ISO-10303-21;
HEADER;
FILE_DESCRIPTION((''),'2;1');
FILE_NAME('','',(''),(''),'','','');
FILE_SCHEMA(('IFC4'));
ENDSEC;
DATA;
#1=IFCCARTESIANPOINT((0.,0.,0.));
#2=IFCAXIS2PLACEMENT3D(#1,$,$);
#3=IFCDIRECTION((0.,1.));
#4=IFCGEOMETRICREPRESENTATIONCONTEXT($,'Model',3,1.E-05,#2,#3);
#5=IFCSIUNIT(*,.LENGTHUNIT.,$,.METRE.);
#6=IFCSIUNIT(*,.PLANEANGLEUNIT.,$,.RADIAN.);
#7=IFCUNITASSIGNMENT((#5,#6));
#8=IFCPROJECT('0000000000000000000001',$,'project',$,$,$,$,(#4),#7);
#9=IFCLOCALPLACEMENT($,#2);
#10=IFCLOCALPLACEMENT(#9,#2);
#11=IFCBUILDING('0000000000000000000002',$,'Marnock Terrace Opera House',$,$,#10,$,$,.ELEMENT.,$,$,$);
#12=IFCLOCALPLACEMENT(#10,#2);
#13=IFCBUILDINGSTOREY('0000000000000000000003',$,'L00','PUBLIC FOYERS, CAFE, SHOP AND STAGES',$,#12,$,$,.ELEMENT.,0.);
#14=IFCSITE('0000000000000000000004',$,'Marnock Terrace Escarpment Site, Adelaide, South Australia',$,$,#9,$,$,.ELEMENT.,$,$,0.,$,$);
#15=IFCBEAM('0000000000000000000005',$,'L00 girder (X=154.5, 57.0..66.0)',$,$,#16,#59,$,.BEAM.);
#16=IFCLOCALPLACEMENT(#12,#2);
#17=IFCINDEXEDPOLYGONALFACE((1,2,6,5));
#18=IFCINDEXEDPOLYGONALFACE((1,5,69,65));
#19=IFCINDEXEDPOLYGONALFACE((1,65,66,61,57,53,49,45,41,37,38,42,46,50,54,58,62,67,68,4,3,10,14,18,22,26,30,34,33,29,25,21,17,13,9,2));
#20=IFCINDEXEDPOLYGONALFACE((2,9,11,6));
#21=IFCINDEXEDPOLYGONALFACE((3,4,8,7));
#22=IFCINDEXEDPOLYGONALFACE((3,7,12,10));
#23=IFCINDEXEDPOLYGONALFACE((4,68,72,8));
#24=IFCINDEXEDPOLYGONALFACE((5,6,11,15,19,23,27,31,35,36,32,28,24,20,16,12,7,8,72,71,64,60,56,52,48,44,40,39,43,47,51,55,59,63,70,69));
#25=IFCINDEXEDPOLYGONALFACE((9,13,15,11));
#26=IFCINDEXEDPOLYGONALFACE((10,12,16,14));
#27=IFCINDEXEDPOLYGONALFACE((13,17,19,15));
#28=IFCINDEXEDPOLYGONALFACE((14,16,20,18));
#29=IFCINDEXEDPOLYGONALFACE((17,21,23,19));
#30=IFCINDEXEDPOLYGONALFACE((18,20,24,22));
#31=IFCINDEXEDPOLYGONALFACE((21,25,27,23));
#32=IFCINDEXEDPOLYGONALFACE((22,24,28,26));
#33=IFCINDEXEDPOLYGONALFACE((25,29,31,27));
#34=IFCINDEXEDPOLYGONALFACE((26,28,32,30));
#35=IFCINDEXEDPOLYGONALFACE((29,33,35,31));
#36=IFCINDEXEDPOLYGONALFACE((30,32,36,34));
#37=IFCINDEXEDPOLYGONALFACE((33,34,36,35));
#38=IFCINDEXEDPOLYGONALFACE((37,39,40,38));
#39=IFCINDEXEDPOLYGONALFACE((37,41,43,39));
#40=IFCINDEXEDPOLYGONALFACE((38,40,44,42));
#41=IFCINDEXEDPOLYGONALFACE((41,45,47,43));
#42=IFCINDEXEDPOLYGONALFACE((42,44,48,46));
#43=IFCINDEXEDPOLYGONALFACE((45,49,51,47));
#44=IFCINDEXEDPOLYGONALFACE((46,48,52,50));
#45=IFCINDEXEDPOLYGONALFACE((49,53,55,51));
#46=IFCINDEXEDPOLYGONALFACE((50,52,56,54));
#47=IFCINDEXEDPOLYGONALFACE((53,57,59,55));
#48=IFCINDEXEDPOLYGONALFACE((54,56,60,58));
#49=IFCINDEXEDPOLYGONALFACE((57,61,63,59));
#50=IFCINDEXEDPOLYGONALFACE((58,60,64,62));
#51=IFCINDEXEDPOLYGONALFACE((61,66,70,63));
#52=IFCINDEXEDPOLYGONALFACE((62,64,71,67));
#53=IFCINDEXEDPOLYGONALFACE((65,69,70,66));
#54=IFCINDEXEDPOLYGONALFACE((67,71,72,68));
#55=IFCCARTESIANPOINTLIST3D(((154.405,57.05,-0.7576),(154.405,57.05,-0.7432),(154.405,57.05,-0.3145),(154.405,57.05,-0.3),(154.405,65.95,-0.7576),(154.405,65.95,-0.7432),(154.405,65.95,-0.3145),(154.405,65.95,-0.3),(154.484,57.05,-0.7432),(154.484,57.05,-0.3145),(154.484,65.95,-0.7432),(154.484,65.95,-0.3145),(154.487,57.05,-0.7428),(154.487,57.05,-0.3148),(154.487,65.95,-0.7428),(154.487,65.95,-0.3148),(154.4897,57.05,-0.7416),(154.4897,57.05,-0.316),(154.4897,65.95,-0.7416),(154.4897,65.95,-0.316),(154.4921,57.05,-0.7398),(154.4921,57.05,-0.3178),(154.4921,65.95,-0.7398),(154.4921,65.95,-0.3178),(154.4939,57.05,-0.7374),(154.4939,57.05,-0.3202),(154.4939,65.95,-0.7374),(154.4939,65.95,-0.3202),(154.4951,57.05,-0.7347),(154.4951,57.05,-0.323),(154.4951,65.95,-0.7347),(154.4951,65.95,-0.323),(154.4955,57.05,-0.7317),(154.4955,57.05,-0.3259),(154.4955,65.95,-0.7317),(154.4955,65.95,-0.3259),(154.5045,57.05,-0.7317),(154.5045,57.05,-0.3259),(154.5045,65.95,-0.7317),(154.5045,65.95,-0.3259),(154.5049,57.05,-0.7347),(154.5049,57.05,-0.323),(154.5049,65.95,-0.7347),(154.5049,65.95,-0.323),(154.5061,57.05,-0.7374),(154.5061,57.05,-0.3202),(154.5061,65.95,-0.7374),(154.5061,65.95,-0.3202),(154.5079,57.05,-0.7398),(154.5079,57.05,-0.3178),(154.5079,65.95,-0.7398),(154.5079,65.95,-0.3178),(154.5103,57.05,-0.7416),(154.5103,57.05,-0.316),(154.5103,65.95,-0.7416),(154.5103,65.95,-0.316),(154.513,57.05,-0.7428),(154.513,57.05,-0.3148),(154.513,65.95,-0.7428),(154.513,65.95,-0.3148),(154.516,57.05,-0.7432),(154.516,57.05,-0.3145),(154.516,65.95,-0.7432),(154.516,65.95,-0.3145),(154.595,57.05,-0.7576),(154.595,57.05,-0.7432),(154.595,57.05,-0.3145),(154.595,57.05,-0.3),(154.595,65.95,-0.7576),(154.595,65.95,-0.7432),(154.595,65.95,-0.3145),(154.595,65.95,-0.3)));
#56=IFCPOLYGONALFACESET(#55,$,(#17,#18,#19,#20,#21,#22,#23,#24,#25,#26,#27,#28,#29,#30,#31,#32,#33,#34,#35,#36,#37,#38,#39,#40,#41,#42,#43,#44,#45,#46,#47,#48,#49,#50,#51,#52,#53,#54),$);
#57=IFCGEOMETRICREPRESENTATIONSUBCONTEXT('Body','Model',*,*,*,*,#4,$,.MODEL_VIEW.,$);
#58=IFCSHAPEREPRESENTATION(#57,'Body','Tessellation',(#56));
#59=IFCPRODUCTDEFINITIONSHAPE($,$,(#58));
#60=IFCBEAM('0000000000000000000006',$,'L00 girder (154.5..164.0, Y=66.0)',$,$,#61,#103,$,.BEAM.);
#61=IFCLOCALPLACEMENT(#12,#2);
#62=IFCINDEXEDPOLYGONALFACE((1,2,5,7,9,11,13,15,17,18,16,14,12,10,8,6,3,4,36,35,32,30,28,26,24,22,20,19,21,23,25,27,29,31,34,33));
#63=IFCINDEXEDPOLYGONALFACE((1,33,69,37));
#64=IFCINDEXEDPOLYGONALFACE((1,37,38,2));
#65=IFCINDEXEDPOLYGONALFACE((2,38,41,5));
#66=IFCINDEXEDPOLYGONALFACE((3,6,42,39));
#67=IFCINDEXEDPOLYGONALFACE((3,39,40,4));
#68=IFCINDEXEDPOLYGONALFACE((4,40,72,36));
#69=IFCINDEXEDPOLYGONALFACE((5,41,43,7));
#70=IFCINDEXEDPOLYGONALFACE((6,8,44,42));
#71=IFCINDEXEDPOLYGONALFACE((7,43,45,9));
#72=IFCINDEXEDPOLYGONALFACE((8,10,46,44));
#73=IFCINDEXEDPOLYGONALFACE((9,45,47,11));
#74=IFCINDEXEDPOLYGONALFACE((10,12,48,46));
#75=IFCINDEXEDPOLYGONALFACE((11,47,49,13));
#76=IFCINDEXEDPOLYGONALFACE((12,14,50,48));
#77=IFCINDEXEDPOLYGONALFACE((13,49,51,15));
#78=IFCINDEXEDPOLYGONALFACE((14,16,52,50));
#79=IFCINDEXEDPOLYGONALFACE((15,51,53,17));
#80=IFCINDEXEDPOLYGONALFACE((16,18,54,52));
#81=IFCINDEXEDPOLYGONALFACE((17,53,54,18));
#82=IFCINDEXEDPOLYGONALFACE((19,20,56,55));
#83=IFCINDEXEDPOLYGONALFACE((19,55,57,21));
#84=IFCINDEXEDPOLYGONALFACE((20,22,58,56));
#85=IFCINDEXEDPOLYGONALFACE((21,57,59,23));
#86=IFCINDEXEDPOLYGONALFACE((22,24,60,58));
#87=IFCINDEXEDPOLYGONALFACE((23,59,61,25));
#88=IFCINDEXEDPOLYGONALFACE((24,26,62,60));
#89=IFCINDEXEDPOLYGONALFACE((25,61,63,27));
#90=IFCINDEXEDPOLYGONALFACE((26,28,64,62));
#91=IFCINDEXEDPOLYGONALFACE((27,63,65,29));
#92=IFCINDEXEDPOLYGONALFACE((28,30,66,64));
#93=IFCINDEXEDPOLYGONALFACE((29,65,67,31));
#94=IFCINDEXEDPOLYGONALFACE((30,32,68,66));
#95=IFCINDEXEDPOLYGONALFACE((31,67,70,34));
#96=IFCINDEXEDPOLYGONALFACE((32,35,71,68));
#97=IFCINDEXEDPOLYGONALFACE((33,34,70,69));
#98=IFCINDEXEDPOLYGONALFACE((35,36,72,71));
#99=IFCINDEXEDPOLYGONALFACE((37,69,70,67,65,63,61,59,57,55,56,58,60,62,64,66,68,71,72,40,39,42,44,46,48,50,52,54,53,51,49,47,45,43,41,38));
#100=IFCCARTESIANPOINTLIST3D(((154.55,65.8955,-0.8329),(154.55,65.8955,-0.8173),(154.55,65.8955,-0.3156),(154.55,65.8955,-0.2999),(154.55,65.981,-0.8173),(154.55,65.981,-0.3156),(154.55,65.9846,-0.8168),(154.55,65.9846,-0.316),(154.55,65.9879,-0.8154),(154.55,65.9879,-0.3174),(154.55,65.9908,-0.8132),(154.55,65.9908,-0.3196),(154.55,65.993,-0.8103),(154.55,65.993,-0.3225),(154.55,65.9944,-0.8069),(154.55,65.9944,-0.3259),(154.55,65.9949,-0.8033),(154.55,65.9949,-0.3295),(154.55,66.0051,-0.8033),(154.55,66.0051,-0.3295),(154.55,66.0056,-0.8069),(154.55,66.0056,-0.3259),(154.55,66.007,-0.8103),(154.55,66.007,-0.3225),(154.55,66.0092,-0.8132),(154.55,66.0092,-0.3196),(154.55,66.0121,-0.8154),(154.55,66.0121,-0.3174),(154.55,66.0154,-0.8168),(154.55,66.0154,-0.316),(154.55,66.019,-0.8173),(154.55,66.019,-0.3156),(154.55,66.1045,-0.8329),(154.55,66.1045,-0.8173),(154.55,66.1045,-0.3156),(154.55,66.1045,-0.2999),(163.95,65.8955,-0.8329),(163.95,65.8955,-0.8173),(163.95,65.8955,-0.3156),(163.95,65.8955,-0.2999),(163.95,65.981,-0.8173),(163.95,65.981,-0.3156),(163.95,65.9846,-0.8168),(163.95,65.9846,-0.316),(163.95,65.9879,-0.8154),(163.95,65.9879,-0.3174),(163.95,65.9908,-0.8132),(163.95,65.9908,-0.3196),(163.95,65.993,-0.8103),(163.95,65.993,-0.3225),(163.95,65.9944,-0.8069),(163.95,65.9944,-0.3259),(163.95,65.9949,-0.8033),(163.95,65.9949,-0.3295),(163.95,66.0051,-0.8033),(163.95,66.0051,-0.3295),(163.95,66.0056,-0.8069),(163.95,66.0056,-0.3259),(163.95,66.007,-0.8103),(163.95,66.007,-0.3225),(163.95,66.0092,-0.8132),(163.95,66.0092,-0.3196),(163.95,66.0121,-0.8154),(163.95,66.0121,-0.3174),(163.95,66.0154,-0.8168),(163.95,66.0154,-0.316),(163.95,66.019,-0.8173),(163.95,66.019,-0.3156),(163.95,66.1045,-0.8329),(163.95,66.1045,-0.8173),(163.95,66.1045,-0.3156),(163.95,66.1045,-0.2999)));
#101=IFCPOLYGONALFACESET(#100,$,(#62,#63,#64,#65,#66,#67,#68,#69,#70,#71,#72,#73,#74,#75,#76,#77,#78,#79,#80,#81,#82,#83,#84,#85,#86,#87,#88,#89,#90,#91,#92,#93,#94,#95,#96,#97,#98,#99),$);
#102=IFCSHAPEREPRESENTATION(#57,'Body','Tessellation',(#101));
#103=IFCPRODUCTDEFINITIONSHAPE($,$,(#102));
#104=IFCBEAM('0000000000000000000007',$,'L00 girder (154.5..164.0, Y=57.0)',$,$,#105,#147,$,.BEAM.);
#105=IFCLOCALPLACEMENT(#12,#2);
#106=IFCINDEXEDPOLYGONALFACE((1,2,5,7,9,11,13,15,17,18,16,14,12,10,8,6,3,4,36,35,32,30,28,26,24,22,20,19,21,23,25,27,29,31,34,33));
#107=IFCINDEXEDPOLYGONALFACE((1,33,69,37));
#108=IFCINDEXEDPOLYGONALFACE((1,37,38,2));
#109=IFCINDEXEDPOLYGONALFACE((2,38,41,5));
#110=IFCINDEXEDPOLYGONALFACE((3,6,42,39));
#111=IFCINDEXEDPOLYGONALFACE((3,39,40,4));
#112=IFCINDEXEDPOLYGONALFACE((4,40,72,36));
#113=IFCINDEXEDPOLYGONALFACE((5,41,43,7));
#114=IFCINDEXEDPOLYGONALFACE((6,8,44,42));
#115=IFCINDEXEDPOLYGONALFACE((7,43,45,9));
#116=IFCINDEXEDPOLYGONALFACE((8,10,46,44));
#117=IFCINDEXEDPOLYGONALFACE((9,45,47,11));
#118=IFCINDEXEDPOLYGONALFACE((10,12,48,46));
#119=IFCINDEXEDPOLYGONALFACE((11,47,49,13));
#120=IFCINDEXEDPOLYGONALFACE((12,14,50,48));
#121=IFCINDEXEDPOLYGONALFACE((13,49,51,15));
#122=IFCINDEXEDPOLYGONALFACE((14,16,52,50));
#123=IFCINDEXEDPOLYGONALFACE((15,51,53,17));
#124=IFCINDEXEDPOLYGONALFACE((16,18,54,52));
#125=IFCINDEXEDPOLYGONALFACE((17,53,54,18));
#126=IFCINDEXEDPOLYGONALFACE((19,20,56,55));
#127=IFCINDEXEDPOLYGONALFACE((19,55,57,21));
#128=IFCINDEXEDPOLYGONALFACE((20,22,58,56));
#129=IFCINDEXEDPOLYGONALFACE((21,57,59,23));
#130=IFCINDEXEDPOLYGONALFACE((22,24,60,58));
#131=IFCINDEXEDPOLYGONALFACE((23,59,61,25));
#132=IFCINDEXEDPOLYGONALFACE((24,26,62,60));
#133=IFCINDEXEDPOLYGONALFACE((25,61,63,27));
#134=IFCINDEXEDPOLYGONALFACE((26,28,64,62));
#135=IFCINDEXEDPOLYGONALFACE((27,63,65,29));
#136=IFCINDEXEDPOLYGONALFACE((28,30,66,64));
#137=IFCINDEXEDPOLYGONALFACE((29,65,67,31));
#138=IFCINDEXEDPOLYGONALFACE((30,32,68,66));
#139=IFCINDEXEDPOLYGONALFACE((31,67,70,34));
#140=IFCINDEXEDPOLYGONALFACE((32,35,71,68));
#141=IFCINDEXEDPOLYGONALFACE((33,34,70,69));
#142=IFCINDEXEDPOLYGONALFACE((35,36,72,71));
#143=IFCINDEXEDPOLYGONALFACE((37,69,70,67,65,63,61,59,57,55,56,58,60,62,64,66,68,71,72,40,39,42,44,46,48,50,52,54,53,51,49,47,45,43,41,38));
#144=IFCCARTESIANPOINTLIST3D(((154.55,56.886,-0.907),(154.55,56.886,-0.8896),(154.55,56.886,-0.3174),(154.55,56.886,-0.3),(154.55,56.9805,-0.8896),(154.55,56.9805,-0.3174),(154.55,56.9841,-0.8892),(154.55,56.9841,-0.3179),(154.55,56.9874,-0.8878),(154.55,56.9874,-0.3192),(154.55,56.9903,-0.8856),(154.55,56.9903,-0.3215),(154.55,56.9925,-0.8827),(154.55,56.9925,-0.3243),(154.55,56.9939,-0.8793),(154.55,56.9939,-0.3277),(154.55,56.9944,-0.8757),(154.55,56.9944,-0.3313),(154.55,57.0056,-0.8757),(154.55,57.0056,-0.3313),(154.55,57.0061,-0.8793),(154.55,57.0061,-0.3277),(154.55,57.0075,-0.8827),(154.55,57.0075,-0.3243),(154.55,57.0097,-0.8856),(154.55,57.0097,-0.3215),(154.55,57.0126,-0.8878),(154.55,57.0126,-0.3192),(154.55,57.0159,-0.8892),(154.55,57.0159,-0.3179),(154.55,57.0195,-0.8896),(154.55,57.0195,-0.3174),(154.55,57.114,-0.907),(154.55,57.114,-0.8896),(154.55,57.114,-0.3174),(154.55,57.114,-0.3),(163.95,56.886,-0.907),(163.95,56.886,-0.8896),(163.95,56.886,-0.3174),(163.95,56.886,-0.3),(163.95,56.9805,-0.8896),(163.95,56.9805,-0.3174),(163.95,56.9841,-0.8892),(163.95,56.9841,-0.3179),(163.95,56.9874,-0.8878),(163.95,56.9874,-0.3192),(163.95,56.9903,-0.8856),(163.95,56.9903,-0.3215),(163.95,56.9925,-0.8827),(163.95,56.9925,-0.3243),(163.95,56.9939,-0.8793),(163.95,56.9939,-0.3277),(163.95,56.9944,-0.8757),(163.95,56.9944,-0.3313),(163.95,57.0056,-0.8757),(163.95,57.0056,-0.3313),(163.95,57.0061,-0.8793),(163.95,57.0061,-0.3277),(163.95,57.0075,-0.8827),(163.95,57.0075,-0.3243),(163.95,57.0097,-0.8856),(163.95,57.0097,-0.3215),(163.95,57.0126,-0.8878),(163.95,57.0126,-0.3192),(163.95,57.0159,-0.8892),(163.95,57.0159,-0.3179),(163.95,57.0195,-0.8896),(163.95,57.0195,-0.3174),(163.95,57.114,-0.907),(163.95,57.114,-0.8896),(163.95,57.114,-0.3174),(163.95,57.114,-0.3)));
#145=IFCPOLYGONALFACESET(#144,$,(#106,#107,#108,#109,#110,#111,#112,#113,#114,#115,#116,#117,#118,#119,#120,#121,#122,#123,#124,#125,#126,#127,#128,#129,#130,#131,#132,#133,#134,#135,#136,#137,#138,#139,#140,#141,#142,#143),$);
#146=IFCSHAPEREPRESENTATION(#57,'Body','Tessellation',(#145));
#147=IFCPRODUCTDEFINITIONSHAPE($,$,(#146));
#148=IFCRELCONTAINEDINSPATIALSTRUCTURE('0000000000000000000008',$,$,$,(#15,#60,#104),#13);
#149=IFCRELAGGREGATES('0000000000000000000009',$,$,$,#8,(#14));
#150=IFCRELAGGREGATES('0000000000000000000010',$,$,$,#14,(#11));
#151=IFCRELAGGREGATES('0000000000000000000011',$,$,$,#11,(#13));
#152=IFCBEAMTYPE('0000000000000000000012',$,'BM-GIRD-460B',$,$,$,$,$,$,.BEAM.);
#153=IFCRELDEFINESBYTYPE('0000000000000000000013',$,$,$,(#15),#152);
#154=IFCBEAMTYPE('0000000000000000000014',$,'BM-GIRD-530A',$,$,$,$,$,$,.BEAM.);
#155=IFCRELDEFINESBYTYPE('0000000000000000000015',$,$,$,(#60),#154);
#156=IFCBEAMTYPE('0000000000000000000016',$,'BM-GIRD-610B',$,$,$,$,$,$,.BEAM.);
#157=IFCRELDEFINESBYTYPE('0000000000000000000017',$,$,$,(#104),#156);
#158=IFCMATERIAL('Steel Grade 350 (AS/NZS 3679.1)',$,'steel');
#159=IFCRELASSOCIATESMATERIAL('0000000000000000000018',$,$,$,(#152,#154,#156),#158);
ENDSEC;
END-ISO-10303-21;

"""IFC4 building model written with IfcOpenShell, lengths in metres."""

from ifc_helpers import new_model, si_unit, direction, frame, origin, origin_2d, place, context, subcontext, project, spatial, i_section, extrude, material, material_profile, profile_set, type_object, element, save


model = new_model("IFC4")

# Units and contexts
model_context = context("Model", 3, precision=1e-05, world=origin(), true_north=direction((0.0, 1.0)))
body_context = subcontext(model_context, "Body", "Model", "MODEL_VIEW")
ifc_project = project(units=[si_unit("LENGTHUNIT", "METRE"), si_unit("PLANEANGLEUNIT", "RADIAN")], contexts=[model_context])

# Site, building, storey
site_placement = place(None, origin())
site = spatial("IfcSite", under=ifc_project, at=site_placement, Name="Marnock Terrace Escarpment Site, Adelaide, South Australia", CompositionType="ELEMENT", RefElevation=0.0)
building_placement = place(site_placement, origin())
building = spatial("IfcBuilding", under=site, at=building_placement, Name="Marnock Terrace Opera House", CompositionType="ELEMENT")
storey_placement = place(building_placement, origin())
storey = spatial("IfcBuildingStorey", under=building, at=storey_placement, Name="L00", Description="PUBLIC FOYERS, CAFE, SHOP AND STAGES", CompositionType="ELEMENT", Elevation=0.0)

# Beams
ifc_material_1 = material(Name="Steel Grade 350 (AS/NZS 3679.1)", Category="steel")
ifc_material_profile_1 = material_profile(ifc_material_1, i_section(OverallWidth=0.1899, OverallDepth=0.4575, WebThickness=0.009, FlangeThickness=0.0144, FilletRadius=0.0115, at=origin_2d()))
ifc_profile_set_1 = profile_set([ifc_material_profile_1], Name="Steel Grade 350 (AS/NZS 3679.1)")
beam_type_1 = type_object("IfcBeamType", Name="BM-GIRD-460B", PredefinedType="BEAM", material=ifc_profile_set_1)
beam_1_placement = place(storey_placement, frame((154.5, 57.05, -0.5288), z_axis=(0.0, 1.0, 0.0), x_axis=(-1.0, 0.0, 0.0)))
element("IfcBeam", 1, at=beam_1_placement, inside=storey, type_object=beam_type_1, Name="L00 girder (X=154.5, 57.0..66.0)", PredefinedType="BEAM", context=body_context, shape_type="SweptSolid", body=[
    extrude(i_section(OverallWidth=0.1899, OverallDepth=0.4575, WebThickness=0.009, FlangeThickness=0.0144, FilletRadius=0.0115, at=origin_2d()), origin(), (0.0, 0.0, 1.0), 8.8999),
])
ifc_material_profile_2 = material_profile(ifc_material_1, i_section(OverallWidth=0.209, OverallDepth=0.533, WebThickness=0.0103, FlangeThickness=0.0156, FilletRadius=0.0139, at=origin_2d()))
ifc_profile_set_2 = profile_set([ifc_material_profile_2], Name="Steel Grade 350 (AS/NZS 3679.1)")
beam_type_2 = type_object("IfcBeamType", Name="BM-GIRD-530A", PredefinedType="BEAM", material=ifc_profile_set_2)
beam_2_placement = place(storey_placement, frame((154.55, 66.0, -0.5664), z_axis=(1.0, 0.0, 0.0), x_axis=(0.0, 1.0, 0.0)))
element("IfcBeam", 2, at=beam_2_placement, inside=storey, type_object=beam_type_2, Name="L00 girder (154.5..164.0, Y=66.0)", PredefinedType="BEAM", context=body_context, shape_type="SweptSolid", body=[
    extrude(i_section(OverallWidth=0.209, OverallDepth=0.533, WebThickness=0.0103, FlangeThickness=0.0156, FilletRadius=0.0139, at=origin_2d()), origin(), (0.0, 0.0, 1.0), 9.3999),
])
ifc_material_profile_3 = material_profile(ifc_material_1, i_section(OverallWidth=0.228, OverallDepth=0.6069, WebThickness=0.0112, FlangeThickness=0.0173, FilletRadius=0.0139, at=origin_2d()))
ifc_profile_set_3 = profile_set([ifc_material_profile_3], Name="Steel Grade 350 (AS/NZS 3679.1)")
beam_type_3 = type_object("IfcBeamType", Name="BM-GIRD-610B", PredefinedType="BEAM", material=ifc_profile_set_3)
beam_3_placement = place(storey_placement, frame((154.55, 57.0, -0.6035), z_axis=(1.0, 0.0, 0.0), x_axis=(0.0, 1.0, 0.0)))
element("IfcBeam", 3, at=beam_3_placement, inside=storey, type_object=beam_type_3, Name="L00 girder (154.5..164.0, Y=57.0)", PredefinedType="BEAM", context=body_context, shape_type="SweptSolid", body=[
    extrude(i_section(OverallWidth=0.228, OverallDepth=0.6069, WebThickness=0.0112, FlangeThickness=0.0173, FilletRadius=0.0139, at=origin_2d()), origin(), (0.0, 0.0, 1.0), 9.3999),
])

save(model, "model.ifc")
